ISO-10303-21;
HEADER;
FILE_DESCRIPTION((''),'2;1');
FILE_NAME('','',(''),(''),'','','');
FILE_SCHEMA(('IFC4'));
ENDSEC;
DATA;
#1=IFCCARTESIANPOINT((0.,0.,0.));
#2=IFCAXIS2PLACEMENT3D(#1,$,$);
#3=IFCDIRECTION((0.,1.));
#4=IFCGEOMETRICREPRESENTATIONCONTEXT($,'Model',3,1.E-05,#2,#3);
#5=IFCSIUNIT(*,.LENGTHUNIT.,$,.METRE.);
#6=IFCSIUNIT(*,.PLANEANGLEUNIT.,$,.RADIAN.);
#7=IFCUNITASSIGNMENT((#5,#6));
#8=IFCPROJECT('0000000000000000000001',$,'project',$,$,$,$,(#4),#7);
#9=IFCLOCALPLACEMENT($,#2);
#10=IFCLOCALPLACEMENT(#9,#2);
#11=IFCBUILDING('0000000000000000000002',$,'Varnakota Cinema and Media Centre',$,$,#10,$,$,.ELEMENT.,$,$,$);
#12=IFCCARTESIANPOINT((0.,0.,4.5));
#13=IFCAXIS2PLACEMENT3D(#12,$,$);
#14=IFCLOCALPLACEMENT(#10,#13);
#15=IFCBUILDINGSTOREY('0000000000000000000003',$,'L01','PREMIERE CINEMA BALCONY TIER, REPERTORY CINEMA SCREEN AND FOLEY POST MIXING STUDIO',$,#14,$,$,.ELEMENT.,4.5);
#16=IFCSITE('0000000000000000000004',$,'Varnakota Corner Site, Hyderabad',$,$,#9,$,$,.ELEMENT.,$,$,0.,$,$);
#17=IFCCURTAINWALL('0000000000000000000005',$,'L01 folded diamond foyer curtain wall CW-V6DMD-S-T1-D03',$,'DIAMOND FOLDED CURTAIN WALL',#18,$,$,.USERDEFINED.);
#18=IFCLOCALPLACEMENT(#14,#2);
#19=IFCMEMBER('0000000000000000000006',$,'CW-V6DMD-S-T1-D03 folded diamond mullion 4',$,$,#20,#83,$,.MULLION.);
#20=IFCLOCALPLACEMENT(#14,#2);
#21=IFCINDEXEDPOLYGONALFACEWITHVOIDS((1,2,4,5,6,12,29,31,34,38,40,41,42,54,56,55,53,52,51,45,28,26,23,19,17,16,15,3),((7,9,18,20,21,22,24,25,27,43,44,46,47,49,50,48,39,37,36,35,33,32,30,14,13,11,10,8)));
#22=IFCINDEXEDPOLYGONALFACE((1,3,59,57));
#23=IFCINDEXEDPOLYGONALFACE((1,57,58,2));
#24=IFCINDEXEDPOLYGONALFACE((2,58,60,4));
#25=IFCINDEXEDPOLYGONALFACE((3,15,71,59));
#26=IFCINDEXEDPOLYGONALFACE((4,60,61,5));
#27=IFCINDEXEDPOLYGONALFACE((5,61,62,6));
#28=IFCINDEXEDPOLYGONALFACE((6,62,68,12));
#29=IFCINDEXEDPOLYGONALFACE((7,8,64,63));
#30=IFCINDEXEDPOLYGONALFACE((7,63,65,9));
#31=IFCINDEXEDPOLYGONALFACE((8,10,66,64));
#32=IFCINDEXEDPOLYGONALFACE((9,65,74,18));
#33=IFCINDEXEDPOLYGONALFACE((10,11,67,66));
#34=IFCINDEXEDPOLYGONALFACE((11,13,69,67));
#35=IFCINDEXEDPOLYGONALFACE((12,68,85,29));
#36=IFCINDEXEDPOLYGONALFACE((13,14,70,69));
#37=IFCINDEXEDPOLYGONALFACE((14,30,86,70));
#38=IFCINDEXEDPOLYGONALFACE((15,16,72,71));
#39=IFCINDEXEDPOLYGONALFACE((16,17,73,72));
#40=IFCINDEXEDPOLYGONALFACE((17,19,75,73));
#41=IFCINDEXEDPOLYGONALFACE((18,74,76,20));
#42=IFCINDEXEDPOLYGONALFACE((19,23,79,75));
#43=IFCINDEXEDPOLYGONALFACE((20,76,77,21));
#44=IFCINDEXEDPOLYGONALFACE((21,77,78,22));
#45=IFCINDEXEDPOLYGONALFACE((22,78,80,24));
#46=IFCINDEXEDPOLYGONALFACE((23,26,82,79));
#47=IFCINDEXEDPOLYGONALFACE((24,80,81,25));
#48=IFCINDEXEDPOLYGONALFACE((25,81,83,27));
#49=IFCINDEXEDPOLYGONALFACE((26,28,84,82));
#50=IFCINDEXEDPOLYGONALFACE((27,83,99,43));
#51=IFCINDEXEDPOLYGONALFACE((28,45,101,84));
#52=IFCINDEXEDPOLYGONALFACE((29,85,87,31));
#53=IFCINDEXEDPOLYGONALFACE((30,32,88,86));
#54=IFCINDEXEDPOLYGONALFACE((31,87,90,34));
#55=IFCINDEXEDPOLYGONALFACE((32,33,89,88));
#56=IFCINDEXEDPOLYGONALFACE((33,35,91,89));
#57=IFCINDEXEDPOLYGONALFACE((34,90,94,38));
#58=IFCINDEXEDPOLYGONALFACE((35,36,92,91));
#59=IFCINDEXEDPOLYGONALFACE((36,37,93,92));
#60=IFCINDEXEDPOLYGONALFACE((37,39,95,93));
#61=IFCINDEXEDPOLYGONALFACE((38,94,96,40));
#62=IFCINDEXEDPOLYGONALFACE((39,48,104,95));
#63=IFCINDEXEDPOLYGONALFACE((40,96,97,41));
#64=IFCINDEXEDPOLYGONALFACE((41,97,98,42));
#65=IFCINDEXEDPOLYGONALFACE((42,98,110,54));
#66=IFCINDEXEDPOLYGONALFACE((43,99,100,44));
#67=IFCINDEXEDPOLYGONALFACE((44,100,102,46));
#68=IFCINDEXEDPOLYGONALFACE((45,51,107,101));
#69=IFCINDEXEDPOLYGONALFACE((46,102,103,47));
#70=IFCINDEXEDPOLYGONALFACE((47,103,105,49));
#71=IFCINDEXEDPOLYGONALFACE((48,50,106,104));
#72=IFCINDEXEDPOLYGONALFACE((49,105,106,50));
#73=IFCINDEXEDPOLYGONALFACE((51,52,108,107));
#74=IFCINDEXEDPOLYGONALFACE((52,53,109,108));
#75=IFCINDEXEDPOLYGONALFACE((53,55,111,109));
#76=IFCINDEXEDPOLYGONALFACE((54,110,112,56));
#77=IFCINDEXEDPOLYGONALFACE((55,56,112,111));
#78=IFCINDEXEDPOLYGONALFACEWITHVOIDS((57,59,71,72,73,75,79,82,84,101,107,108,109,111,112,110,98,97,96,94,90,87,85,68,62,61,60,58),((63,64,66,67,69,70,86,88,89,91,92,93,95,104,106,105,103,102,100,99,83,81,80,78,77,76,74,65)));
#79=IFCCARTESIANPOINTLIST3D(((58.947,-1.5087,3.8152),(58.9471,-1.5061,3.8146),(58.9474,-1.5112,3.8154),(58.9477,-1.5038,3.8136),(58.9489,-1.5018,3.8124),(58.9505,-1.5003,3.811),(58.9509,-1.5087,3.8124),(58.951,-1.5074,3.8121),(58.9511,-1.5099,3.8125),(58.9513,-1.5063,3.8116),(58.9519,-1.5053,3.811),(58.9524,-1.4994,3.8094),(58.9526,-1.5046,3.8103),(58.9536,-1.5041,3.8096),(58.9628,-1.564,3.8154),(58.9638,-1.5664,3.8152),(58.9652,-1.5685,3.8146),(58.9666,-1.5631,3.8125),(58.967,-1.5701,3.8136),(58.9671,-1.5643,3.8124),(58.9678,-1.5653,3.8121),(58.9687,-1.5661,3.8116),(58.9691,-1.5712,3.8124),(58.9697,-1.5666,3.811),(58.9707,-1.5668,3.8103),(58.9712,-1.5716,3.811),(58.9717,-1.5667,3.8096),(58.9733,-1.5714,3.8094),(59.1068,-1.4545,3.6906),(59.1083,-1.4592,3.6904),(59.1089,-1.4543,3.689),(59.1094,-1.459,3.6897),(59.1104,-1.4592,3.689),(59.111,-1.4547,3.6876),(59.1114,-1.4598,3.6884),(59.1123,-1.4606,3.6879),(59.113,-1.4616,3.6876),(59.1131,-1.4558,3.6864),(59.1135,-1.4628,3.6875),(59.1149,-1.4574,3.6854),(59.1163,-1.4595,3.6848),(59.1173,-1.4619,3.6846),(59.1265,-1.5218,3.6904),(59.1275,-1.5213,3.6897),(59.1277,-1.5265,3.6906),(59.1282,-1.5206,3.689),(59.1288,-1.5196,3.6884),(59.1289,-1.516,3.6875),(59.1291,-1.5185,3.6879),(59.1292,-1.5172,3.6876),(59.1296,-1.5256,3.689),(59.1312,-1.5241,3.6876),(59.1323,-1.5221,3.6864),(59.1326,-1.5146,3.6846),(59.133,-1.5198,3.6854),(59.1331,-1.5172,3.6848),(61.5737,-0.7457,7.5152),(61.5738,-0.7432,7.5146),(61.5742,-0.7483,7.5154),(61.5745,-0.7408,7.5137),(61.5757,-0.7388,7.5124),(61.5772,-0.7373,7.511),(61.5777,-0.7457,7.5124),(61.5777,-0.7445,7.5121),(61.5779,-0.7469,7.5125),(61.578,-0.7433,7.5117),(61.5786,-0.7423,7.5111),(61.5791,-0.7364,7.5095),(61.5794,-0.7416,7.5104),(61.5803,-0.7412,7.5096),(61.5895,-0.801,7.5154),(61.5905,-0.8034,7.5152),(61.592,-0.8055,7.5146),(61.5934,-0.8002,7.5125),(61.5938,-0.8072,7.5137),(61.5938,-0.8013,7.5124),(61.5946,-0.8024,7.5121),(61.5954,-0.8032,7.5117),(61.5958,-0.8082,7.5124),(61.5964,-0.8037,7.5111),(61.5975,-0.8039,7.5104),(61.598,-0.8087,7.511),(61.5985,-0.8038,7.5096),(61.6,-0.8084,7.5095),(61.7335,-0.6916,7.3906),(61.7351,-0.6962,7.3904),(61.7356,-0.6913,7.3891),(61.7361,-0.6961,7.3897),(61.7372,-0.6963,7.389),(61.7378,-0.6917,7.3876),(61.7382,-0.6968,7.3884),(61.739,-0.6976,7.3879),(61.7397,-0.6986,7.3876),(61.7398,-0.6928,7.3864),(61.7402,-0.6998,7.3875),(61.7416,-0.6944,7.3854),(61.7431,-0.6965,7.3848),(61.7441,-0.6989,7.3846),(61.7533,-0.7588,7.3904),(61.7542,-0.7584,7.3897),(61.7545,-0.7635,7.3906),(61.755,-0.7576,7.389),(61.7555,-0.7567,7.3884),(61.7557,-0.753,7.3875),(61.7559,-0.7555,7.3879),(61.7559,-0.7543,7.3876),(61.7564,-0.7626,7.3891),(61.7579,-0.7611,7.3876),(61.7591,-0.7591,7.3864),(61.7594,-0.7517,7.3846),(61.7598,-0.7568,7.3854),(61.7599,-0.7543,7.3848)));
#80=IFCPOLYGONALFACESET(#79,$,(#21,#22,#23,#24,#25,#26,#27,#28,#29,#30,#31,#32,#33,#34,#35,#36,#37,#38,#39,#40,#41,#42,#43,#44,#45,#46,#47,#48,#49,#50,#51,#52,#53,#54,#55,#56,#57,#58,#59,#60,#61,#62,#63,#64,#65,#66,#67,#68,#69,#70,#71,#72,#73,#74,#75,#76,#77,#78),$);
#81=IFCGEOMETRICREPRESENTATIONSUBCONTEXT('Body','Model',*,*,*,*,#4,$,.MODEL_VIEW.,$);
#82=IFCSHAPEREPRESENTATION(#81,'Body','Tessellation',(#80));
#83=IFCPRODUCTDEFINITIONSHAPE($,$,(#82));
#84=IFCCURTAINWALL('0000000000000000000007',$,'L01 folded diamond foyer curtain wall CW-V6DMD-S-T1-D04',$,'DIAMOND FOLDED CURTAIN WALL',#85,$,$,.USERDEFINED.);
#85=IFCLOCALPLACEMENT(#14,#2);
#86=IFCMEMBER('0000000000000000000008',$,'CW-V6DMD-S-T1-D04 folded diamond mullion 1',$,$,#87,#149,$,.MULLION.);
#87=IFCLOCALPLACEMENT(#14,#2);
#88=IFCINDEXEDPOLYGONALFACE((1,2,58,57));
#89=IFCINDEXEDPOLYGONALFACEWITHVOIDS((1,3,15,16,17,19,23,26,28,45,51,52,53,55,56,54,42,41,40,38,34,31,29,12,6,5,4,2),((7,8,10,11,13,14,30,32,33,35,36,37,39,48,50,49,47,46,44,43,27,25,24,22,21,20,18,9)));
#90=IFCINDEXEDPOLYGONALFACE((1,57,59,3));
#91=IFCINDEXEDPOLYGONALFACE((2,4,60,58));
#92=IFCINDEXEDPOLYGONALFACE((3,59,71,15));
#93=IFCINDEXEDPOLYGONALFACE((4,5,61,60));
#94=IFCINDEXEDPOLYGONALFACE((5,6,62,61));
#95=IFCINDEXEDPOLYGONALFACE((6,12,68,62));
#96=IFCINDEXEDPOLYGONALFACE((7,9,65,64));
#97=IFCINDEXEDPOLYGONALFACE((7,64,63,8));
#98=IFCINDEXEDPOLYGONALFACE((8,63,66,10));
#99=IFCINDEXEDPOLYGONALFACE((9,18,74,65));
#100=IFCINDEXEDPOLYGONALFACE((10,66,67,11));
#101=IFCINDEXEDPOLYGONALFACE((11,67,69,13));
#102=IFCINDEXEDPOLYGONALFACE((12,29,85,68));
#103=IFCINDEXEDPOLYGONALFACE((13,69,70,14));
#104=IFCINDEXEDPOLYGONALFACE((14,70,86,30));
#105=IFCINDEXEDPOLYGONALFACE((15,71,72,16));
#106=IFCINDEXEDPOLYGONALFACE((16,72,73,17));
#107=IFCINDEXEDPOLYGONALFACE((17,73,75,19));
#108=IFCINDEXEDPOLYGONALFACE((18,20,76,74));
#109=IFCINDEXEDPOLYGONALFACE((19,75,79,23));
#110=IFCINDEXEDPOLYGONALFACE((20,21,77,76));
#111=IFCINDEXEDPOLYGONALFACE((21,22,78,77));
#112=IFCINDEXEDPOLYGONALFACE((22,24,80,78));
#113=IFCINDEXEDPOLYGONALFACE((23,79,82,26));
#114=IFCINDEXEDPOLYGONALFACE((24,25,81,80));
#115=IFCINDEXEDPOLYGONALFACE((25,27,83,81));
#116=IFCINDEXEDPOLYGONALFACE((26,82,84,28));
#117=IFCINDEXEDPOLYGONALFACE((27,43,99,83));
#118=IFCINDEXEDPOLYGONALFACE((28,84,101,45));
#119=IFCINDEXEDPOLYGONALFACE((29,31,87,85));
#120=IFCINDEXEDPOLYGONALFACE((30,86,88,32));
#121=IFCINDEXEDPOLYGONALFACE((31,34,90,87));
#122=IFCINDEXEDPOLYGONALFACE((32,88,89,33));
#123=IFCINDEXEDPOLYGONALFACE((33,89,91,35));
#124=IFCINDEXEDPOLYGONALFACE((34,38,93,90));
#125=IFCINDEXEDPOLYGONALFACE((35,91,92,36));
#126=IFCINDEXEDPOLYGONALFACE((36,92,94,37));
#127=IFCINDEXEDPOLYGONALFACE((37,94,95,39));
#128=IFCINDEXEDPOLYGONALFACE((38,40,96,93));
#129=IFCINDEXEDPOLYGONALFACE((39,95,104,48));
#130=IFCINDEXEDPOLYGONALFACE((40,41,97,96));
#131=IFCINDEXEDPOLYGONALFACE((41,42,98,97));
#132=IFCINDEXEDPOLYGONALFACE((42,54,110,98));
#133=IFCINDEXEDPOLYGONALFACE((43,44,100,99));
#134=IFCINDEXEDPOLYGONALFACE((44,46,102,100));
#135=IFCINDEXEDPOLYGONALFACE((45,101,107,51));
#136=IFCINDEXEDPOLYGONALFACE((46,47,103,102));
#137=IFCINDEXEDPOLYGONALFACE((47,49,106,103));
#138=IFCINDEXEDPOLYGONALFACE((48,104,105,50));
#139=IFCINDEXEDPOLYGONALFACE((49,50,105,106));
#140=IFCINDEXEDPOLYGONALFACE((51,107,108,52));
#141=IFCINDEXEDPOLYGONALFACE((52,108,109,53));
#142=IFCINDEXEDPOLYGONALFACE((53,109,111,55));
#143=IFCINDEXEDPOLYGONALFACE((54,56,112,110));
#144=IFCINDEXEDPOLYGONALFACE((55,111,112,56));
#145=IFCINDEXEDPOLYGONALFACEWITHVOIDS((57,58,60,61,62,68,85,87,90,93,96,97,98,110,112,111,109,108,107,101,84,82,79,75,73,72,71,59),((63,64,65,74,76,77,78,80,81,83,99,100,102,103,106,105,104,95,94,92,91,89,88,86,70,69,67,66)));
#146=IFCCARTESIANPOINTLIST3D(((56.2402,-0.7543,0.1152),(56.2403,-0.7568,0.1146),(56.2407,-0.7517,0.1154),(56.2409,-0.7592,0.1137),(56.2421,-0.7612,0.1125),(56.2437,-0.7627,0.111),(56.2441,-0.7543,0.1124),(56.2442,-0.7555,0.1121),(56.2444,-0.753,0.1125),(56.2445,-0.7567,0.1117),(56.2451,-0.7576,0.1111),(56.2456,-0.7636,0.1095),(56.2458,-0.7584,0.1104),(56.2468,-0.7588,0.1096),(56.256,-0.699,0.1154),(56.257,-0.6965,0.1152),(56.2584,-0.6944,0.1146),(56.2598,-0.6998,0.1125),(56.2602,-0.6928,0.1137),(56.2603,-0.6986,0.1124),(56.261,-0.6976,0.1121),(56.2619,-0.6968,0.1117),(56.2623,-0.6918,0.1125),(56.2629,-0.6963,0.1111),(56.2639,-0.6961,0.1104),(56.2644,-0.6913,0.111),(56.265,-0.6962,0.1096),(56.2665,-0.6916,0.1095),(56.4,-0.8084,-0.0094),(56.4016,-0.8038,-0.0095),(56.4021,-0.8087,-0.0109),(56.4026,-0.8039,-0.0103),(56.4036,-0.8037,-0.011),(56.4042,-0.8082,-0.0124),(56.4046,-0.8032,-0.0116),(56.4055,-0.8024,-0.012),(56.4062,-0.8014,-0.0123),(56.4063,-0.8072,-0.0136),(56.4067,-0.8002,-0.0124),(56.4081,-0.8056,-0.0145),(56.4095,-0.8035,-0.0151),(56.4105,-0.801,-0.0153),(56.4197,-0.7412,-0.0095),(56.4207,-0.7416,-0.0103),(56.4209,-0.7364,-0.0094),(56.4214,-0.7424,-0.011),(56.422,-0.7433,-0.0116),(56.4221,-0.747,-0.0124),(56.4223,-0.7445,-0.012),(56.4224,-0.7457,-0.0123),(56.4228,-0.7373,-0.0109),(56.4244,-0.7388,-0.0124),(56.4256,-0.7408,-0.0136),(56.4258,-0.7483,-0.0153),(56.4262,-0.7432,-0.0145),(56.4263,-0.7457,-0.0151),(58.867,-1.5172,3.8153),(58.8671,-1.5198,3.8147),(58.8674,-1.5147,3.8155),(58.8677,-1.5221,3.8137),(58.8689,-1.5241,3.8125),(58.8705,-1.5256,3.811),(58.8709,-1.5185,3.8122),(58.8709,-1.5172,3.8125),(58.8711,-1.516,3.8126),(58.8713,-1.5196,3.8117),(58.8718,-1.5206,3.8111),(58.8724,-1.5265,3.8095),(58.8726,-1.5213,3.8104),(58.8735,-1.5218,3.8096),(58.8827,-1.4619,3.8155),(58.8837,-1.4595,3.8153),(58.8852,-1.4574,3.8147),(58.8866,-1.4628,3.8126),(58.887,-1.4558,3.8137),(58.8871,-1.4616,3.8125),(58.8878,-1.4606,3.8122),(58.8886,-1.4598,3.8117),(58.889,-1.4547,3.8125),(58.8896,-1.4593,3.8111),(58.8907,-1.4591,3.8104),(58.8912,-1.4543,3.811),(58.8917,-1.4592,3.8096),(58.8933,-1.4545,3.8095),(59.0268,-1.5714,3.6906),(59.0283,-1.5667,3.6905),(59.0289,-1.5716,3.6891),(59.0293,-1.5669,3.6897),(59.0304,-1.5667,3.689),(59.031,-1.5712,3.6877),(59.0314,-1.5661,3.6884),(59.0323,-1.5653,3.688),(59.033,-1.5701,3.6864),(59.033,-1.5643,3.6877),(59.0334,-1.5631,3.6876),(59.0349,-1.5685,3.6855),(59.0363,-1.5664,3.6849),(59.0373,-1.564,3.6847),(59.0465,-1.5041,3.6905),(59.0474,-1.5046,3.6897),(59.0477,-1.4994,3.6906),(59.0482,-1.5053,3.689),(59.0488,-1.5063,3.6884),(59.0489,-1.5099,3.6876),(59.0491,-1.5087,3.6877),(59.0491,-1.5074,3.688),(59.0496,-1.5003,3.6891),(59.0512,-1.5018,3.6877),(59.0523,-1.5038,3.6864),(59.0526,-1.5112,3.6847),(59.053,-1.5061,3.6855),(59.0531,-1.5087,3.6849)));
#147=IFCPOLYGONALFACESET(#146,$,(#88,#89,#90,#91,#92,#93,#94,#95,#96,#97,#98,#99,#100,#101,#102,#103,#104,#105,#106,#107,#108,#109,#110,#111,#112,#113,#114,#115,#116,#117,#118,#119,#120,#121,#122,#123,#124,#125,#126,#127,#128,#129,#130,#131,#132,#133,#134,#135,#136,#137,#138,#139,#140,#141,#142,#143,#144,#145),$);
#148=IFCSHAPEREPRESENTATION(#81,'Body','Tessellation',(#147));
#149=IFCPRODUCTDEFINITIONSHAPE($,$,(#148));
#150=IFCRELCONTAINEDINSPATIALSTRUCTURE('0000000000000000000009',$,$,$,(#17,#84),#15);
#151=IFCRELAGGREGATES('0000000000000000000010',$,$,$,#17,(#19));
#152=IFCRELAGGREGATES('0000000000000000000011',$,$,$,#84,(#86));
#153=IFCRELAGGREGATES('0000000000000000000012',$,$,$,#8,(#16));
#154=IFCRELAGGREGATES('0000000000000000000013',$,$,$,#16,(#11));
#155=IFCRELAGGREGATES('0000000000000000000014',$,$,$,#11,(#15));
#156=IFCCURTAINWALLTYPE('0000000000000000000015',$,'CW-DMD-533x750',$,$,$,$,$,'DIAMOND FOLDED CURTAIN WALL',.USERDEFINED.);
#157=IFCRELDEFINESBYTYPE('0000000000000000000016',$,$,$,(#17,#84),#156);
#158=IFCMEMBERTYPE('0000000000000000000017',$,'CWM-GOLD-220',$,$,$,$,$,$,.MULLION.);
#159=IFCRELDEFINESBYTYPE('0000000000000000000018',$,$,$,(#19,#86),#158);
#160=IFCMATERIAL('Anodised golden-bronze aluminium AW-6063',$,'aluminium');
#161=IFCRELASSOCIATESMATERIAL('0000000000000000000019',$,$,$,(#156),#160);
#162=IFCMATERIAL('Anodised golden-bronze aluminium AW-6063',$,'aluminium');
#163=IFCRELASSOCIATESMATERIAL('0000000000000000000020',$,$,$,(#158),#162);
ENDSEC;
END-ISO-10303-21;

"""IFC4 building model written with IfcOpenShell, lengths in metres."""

from ifc_helpers import new_model, si_unit, direction, frame, origin, origin_2d, place, context, subcontext, project, spatial, hollow_rectangle, extrude, material, material_profile, profile_set, type_object, element, aggregate, save


model = new_model("IFC4")

# Units and contexts
model_context = context("Model", 3, precision=1e-05, world=origin(), true_north=direction((0.0, 1.0)))
body_context = subcontext(model_context, "Body", "Model", "MODEL_VIEW")
ifc_project = project(units=[si_unit("LENGTHUNIT", "METRE"), si_unit("PLANEANGLEUNIT", "RADIAN")], contexts=[model_context])

# Site, building, storey
site_placement = place(None, origin())
site = spatial("IfcSite", under=ifc_project, at=site_placement, Name="Varnakota Corner Site, Hyderabad", CompositionType="ELEMENT", RefElevation=0.0)
building_placement = place(site_placement, origin())
building = spatial("IfcBuilding", under=site, at=building_placement, Name="Varnakota Cinema and Media Centre", CompositionType="ELEMENT")
storey_placement = place(building_placement, frame((0.0, 0.0, 4.5)))
storey = spatial("IfcBuildingStorey", under=building, at=storey_placement, Name="L01", Description="PREMIERE CINEMA BALCONY TIER, REPERTORY CINEMA SCREEN AND FOLEY POST MIXING STUDIO", CompositionType="ELEMENT", Elevation=4.5)

# Shared definitions
ifc_material_1 = material(Name="Anodised golden-bronze aluminium AW-6063", Category="aluminium")
curtain_wall_type = type_object("IfcCurtainWallType", Name="CW-DMD-533x750", ElementType="DIAMOND FOLDED CURTAIN WALL", PredefinedType="USERDEFINED", material=ifc_material_1)
ifc_material_2 = material(Name="Anodised golden-bronze aluminium AW-6063", Category="aluminium")
ifc_material_profile_1 = material_profile(ifc_material_2, hollow_rectangle(XDim=0.075, YDim=0.22, WallThickness=0.0049, InnerFilletRadius=0.0049, OuterFilletRadius=0.01, at=origin_2d()), Name="AL-MULLION 220x75x5")
ifc_profile_set_1 = profile_set([ifc_material_profile_1], Name="Anodised golden-bronze aluminium AW-6063")
member_type_1 = type_object("IfcMemberType", Name="CWM-GOLD-220", PredefinedType="MULLION", material=ifc_profile_set_1)

# Curtain walls, members
curtain_wall_1_placement = place(storey_placement, origin())
curtain_wall_1 = element("IfcCurtainWall", 1, at=curtain_wall_1_placement, inside=storey, type_object=curtain_wall_type, Name="L01 folded diamond foyer curtain wall CW-V6DMD-S-T1-D03", ObjectType="DIAMOND FOLDED CURTAIN WALL", PredefinedType="USERDEFINED")
member_1_placement = place(storey_placement, frame((59.04, -1.5129, 3.75), z_axis=(0.570871, 0.165812, 0.804122), x_axis=(-0.278927, 0.960312, 0.0)))
member_1 = element("IfcMember", 2, at=member_1_placement, type_object=member_type_1, Name="CW-V6DMD-S-T1-D03 folded diamond mullion 4", PredefinedType="MULLION", context=body_context, shape_type="SweptSolid", body=[
    extrude(hollow_rectangle(XDim=0.075, YDim=0.22, WallThickness=0.0049, InnerFilletRadius=0.0049, OuterFilletRadius=0.01, at=origin_2d()), origin(), (0.0, 0.0, 1.0), 4.6013),
])
curtain_wall_2_placement = place(storey_placement, origin())
curtain_wall_2 = element("IfcCurtainWall", 3, at=curtain_wall_2_placement, inside=storey, type_object=curtain_wall_type, Name="L01 folded diamond foyer curtain wall CW-V6DMD-S-T1-D04", ObjectType="DIAMOND FOLDED CURTAIN WALL", PredefinedType="USERDEFINED")
member_2_placement = place(storey_placement, frame((56.3333, -0.75, 0.05), z_axis=(0.570871, -0.165812, 0.804122), x_axis=(0.278927, 0.960312, 0.0)))
member_2 = element("IfcMember", 4, at=member_2_placement, type_object=member_type_1, Name="CW-V6DMD-S-T1-D04 folded diamond mullion 1", PredefinedType="MULLION", context=body_context, shape_type="SweptSolid", body=[
    extrude(hollow_rectangle(XDim=0.075, YDim=0.22, WallThickness=0.0049, InnerFilletRadius=0.0049, OuterFilletRadius=0.01, at=origin_2d()), origin(), (0.0, 0.0, 1.0), 4.6013),
])

aggregate(curtain_wall_1, [member_1])
aggregate(curtain_wall_2, [member_2])

save(model, "model.ifc")
